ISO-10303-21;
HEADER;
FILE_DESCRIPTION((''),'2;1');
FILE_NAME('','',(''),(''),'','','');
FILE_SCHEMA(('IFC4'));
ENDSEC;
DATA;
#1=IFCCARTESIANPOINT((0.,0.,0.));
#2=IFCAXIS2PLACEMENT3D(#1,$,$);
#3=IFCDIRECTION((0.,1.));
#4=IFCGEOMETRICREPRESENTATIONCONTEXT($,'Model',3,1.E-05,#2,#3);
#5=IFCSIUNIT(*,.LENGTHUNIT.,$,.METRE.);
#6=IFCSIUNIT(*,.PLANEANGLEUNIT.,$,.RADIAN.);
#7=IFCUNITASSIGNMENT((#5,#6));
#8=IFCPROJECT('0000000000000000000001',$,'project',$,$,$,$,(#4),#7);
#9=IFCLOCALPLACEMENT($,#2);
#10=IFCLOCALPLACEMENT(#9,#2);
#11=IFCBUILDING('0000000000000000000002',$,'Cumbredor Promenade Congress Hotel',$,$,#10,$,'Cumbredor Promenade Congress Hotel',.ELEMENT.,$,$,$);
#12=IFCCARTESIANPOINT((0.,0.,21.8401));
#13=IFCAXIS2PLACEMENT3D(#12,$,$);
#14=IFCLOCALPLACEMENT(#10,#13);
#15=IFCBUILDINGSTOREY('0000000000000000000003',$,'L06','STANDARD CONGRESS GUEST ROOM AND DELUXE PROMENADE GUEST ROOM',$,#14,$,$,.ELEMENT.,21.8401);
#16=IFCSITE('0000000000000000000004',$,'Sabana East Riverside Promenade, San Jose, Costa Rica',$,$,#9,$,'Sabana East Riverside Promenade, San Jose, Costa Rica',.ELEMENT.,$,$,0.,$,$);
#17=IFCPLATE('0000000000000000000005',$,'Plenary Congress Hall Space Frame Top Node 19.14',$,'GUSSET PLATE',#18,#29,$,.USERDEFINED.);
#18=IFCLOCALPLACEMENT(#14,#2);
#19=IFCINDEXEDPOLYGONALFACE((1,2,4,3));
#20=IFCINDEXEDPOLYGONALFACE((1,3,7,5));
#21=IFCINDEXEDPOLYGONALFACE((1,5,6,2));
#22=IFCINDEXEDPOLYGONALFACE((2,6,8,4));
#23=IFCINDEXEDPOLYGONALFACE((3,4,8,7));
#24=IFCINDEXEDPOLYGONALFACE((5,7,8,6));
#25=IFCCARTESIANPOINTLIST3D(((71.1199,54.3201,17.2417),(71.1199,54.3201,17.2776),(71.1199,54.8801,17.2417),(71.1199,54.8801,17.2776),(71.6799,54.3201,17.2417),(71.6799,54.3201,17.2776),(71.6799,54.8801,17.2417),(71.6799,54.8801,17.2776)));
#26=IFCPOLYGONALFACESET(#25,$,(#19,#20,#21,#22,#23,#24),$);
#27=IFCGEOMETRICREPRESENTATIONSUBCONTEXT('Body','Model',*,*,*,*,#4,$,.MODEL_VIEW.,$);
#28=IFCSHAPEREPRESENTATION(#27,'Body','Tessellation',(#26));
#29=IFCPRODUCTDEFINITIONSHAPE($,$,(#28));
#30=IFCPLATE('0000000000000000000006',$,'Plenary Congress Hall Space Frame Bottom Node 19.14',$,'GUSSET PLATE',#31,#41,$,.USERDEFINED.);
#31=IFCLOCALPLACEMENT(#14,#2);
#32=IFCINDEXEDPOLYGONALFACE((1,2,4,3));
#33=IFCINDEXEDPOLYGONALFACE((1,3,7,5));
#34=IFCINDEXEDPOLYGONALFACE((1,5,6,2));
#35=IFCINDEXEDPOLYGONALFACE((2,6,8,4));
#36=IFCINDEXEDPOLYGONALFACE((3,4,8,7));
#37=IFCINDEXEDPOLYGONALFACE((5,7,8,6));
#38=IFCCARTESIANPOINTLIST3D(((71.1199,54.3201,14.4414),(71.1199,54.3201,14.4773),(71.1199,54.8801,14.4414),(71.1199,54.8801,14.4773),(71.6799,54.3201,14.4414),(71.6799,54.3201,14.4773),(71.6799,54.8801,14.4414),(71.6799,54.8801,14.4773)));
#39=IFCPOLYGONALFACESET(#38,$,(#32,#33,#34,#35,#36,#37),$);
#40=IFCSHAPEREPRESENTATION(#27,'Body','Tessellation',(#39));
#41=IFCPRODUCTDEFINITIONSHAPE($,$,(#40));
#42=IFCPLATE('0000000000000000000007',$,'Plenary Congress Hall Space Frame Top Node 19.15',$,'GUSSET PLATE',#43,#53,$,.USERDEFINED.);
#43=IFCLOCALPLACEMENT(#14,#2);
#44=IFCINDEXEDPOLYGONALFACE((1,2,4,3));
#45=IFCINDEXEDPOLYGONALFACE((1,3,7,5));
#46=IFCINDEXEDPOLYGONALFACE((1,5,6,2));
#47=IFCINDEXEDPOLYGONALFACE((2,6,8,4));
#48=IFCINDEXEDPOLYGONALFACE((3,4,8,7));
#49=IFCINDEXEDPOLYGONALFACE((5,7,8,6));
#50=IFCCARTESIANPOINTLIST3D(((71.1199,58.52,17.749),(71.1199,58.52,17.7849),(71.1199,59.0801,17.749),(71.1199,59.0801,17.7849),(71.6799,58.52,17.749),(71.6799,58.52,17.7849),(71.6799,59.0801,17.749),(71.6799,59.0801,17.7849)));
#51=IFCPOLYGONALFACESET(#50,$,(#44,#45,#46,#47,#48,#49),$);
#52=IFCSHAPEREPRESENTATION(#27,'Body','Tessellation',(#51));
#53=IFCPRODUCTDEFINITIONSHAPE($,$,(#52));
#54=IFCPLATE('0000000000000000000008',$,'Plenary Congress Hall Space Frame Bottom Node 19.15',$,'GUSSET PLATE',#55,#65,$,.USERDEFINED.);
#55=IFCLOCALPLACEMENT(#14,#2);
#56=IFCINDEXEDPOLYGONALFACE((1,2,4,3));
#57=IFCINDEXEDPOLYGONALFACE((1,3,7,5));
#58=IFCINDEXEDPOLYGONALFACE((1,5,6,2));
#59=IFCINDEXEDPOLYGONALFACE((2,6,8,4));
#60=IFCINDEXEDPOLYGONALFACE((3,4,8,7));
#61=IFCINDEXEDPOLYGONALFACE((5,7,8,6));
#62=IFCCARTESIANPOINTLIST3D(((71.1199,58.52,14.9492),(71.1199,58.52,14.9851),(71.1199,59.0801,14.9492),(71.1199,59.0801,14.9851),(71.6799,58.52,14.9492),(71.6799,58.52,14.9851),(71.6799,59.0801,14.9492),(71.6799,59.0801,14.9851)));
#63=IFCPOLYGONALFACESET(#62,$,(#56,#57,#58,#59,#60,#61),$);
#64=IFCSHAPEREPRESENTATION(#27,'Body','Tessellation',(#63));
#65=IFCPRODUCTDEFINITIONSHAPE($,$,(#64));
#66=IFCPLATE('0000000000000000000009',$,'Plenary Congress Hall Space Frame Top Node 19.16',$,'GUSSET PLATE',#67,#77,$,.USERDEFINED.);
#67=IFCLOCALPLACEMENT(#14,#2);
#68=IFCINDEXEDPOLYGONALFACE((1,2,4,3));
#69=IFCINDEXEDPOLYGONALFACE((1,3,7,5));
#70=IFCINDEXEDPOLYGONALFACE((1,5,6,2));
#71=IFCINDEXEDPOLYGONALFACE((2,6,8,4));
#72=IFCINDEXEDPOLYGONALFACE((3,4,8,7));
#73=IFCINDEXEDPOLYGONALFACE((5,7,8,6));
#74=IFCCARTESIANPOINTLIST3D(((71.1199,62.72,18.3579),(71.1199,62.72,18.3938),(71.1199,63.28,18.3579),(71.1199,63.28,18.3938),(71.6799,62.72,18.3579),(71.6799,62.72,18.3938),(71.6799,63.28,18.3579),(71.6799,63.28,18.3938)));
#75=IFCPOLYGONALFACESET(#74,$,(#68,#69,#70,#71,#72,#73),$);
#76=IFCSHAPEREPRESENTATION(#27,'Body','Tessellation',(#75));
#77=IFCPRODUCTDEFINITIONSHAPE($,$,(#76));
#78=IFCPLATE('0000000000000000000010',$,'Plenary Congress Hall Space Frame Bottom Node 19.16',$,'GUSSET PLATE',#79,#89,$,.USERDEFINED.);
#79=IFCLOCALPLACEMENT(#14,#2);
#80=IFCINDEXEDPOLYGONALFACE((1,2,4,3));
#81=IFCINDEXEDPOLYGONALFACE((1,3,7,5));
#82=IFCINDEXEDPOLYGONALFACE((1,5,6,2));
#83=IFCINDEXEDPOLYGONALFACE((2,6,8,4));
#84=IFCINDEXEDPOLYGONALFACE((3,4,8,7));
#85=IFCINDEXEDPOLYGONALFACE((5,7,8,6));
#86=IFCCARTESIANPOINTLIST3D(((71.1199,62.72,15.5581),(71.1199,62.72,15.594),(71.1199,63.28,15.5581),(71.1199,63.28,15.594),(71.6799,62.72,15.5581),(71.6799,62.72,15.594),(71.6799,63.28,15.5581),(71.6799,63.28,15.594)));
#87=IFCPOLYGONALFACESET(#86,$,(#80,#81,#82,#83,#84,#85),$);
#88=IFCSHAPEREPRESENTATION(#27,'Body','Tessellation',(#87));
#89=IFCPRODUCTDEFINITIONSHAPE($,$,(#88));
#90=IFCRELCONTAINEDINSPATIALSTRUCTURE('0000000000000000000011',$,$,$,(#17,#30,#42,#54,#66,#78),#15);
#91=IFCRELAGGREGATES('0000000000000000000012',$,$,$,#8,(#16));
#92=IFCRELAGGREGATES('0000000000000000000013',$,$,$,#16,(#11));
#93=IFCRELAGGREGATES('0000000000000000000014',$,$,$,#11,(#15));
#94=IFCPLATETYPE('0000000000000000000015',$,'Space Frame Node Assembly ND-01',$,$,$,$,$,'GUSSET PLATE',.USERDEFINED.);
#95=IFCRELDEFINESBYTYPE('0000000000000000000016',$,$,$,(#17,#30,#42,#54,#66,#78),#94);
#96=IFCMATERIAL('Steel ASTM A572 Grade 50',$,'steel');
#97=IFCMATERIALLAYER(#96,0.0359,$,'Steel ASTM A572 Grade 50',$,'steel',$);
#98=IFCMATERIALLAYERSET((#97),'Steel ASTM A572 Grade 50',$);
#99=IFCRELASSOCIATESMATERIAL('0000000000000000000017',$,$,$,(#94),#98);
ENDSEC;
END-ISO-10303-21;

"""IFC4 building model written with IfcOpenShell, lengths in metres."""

from ifc_helpers import new_model, si_unit, direction, frame, origin, origin_2d, place, context, subcontext, project, spatial, rectangle, extrude, material, layer, layer_set, type_object, element, save


model = new_model("IFC4")

# Units and contexts
model_context = context("Model", 3, precision=1e-05, world=origin(), true_north=direction((0.0, 1.0)))
body_context = subcontext(model_context, "Body", "Model", "MODEL_VIEW")
ifc_project = project(units=[si_unit("LENGTHUNIT", "METRE"), si_unit("PLANEANGLEUNIT", "RADIAN")], contexts=[model_context])

# Site, building, storey
site_placement = place(None, origin())
site = spatial("IfcSite", under=ifc_project, at=site_placement, Name="Sabana East Riverside Promenade, San Jose, Costa Rica", LongName="Sabana East Riverside Promenade, San Jose, Costa Rica", CompositionType="ELEMENT", RefElevation=0.0)
building_placement = place(site_placement, origin())
building = spatial("IfcBuilding", under=site, at=building_placement, Name="Cumbredor Promenade Congress Hotel", LongName="Cumbredor Promenade Congress Hotel", CompositionType="ELEMENT")
storey_placement = place(building_placement, frame((0.0, 0.0, 21.8401)))
storey = spatial("IfcBuildingStorey", under=building, at=storey_placement, Name="L06", Description="STANDARD CONGRESS GUEST ROOM AND DELUXE PROMENADE GUEST ROOM", CompositionType="ELEMENT", Elevation=21.8401)

# Plates
ifc_material_1 = material(Name="Steel ASTM A572 Grade 50", Category="steel")
ifc_layer_1 = layer(ifc_material_1, 0.0359, Name="Steel ASTM A572 Grade 50", Category="steel")
ifc_layer_set_1 = layer_set([ifc_layer_1], Name="Steel ASTM A572 Grade 50")
plate_type_1 = type_object("IfcPlateType", Name="Space Frame Node Assembly ND-01", ElementType="GUSSET PLATE", PredefinedType="USERDEFINED", material=ifc_layer_set_1)
for number, where, z_axis, x_axis, name in (
    (1, (71.3999, 54.6001, 17.2417), (0.0, 0.0, 1.0), (1.0, 0.0, 0.0), "Plenary Congress Hall Space Frame Top Node 19.14"),
    (2, (71.3999, 54.6001, 14.4414), (0.0, 0.0, 1.0), (1.0, 0.0, 0.0), "Plenary Congress Hall Space Frame Bottom Node 19.14"),
    (3, (71.3999, 58.8, 17.749), (0.0, 0.0, 1.0), (1.0, 0.0, 0.0), "Plenary Congress Hall Space Frame Top Node 19.15"),
    (4, (71.3999, 58.8, 14.9492), (0.0, 0.0, 1.0), (1.0, 0.0, 0.0), "Plenary Congress Hall Space Frame Bottom Node 19.15"),
    (5, (71.3999, 63.0, 18.3579), (0.0, 0.0, 1.0), (1.0, 0.0, 0.0), "Plenary Congress Hall Space Frame Top Node 19.16"),
    (6, (71.3999, 63.0, 15.5581), (0.0, 0.0, 1.0), (1.0, 0.0, 0.0), "Plenary Congress Hall Space Frame Bottom Node 19.16"),
):
    element("IfcPlate", number, at=place(storey_placement, frame(where, z_axis=z_axis, x_axis=x_axis)), inside=storey, type_object=plate_type_1, Name=name, ObjectType="GUSSET PLATE", PredefinedType="USERDEFINED", context=body_context, shape_type="SweptSolid", body=[
        extrude(rectangle(XDim=0.5601, YDim=0.5601, at=origin_2d()), origin(), (0.0, 0.0, 1.0), 0.0359),
    ])

save(model, "model.ifc")
